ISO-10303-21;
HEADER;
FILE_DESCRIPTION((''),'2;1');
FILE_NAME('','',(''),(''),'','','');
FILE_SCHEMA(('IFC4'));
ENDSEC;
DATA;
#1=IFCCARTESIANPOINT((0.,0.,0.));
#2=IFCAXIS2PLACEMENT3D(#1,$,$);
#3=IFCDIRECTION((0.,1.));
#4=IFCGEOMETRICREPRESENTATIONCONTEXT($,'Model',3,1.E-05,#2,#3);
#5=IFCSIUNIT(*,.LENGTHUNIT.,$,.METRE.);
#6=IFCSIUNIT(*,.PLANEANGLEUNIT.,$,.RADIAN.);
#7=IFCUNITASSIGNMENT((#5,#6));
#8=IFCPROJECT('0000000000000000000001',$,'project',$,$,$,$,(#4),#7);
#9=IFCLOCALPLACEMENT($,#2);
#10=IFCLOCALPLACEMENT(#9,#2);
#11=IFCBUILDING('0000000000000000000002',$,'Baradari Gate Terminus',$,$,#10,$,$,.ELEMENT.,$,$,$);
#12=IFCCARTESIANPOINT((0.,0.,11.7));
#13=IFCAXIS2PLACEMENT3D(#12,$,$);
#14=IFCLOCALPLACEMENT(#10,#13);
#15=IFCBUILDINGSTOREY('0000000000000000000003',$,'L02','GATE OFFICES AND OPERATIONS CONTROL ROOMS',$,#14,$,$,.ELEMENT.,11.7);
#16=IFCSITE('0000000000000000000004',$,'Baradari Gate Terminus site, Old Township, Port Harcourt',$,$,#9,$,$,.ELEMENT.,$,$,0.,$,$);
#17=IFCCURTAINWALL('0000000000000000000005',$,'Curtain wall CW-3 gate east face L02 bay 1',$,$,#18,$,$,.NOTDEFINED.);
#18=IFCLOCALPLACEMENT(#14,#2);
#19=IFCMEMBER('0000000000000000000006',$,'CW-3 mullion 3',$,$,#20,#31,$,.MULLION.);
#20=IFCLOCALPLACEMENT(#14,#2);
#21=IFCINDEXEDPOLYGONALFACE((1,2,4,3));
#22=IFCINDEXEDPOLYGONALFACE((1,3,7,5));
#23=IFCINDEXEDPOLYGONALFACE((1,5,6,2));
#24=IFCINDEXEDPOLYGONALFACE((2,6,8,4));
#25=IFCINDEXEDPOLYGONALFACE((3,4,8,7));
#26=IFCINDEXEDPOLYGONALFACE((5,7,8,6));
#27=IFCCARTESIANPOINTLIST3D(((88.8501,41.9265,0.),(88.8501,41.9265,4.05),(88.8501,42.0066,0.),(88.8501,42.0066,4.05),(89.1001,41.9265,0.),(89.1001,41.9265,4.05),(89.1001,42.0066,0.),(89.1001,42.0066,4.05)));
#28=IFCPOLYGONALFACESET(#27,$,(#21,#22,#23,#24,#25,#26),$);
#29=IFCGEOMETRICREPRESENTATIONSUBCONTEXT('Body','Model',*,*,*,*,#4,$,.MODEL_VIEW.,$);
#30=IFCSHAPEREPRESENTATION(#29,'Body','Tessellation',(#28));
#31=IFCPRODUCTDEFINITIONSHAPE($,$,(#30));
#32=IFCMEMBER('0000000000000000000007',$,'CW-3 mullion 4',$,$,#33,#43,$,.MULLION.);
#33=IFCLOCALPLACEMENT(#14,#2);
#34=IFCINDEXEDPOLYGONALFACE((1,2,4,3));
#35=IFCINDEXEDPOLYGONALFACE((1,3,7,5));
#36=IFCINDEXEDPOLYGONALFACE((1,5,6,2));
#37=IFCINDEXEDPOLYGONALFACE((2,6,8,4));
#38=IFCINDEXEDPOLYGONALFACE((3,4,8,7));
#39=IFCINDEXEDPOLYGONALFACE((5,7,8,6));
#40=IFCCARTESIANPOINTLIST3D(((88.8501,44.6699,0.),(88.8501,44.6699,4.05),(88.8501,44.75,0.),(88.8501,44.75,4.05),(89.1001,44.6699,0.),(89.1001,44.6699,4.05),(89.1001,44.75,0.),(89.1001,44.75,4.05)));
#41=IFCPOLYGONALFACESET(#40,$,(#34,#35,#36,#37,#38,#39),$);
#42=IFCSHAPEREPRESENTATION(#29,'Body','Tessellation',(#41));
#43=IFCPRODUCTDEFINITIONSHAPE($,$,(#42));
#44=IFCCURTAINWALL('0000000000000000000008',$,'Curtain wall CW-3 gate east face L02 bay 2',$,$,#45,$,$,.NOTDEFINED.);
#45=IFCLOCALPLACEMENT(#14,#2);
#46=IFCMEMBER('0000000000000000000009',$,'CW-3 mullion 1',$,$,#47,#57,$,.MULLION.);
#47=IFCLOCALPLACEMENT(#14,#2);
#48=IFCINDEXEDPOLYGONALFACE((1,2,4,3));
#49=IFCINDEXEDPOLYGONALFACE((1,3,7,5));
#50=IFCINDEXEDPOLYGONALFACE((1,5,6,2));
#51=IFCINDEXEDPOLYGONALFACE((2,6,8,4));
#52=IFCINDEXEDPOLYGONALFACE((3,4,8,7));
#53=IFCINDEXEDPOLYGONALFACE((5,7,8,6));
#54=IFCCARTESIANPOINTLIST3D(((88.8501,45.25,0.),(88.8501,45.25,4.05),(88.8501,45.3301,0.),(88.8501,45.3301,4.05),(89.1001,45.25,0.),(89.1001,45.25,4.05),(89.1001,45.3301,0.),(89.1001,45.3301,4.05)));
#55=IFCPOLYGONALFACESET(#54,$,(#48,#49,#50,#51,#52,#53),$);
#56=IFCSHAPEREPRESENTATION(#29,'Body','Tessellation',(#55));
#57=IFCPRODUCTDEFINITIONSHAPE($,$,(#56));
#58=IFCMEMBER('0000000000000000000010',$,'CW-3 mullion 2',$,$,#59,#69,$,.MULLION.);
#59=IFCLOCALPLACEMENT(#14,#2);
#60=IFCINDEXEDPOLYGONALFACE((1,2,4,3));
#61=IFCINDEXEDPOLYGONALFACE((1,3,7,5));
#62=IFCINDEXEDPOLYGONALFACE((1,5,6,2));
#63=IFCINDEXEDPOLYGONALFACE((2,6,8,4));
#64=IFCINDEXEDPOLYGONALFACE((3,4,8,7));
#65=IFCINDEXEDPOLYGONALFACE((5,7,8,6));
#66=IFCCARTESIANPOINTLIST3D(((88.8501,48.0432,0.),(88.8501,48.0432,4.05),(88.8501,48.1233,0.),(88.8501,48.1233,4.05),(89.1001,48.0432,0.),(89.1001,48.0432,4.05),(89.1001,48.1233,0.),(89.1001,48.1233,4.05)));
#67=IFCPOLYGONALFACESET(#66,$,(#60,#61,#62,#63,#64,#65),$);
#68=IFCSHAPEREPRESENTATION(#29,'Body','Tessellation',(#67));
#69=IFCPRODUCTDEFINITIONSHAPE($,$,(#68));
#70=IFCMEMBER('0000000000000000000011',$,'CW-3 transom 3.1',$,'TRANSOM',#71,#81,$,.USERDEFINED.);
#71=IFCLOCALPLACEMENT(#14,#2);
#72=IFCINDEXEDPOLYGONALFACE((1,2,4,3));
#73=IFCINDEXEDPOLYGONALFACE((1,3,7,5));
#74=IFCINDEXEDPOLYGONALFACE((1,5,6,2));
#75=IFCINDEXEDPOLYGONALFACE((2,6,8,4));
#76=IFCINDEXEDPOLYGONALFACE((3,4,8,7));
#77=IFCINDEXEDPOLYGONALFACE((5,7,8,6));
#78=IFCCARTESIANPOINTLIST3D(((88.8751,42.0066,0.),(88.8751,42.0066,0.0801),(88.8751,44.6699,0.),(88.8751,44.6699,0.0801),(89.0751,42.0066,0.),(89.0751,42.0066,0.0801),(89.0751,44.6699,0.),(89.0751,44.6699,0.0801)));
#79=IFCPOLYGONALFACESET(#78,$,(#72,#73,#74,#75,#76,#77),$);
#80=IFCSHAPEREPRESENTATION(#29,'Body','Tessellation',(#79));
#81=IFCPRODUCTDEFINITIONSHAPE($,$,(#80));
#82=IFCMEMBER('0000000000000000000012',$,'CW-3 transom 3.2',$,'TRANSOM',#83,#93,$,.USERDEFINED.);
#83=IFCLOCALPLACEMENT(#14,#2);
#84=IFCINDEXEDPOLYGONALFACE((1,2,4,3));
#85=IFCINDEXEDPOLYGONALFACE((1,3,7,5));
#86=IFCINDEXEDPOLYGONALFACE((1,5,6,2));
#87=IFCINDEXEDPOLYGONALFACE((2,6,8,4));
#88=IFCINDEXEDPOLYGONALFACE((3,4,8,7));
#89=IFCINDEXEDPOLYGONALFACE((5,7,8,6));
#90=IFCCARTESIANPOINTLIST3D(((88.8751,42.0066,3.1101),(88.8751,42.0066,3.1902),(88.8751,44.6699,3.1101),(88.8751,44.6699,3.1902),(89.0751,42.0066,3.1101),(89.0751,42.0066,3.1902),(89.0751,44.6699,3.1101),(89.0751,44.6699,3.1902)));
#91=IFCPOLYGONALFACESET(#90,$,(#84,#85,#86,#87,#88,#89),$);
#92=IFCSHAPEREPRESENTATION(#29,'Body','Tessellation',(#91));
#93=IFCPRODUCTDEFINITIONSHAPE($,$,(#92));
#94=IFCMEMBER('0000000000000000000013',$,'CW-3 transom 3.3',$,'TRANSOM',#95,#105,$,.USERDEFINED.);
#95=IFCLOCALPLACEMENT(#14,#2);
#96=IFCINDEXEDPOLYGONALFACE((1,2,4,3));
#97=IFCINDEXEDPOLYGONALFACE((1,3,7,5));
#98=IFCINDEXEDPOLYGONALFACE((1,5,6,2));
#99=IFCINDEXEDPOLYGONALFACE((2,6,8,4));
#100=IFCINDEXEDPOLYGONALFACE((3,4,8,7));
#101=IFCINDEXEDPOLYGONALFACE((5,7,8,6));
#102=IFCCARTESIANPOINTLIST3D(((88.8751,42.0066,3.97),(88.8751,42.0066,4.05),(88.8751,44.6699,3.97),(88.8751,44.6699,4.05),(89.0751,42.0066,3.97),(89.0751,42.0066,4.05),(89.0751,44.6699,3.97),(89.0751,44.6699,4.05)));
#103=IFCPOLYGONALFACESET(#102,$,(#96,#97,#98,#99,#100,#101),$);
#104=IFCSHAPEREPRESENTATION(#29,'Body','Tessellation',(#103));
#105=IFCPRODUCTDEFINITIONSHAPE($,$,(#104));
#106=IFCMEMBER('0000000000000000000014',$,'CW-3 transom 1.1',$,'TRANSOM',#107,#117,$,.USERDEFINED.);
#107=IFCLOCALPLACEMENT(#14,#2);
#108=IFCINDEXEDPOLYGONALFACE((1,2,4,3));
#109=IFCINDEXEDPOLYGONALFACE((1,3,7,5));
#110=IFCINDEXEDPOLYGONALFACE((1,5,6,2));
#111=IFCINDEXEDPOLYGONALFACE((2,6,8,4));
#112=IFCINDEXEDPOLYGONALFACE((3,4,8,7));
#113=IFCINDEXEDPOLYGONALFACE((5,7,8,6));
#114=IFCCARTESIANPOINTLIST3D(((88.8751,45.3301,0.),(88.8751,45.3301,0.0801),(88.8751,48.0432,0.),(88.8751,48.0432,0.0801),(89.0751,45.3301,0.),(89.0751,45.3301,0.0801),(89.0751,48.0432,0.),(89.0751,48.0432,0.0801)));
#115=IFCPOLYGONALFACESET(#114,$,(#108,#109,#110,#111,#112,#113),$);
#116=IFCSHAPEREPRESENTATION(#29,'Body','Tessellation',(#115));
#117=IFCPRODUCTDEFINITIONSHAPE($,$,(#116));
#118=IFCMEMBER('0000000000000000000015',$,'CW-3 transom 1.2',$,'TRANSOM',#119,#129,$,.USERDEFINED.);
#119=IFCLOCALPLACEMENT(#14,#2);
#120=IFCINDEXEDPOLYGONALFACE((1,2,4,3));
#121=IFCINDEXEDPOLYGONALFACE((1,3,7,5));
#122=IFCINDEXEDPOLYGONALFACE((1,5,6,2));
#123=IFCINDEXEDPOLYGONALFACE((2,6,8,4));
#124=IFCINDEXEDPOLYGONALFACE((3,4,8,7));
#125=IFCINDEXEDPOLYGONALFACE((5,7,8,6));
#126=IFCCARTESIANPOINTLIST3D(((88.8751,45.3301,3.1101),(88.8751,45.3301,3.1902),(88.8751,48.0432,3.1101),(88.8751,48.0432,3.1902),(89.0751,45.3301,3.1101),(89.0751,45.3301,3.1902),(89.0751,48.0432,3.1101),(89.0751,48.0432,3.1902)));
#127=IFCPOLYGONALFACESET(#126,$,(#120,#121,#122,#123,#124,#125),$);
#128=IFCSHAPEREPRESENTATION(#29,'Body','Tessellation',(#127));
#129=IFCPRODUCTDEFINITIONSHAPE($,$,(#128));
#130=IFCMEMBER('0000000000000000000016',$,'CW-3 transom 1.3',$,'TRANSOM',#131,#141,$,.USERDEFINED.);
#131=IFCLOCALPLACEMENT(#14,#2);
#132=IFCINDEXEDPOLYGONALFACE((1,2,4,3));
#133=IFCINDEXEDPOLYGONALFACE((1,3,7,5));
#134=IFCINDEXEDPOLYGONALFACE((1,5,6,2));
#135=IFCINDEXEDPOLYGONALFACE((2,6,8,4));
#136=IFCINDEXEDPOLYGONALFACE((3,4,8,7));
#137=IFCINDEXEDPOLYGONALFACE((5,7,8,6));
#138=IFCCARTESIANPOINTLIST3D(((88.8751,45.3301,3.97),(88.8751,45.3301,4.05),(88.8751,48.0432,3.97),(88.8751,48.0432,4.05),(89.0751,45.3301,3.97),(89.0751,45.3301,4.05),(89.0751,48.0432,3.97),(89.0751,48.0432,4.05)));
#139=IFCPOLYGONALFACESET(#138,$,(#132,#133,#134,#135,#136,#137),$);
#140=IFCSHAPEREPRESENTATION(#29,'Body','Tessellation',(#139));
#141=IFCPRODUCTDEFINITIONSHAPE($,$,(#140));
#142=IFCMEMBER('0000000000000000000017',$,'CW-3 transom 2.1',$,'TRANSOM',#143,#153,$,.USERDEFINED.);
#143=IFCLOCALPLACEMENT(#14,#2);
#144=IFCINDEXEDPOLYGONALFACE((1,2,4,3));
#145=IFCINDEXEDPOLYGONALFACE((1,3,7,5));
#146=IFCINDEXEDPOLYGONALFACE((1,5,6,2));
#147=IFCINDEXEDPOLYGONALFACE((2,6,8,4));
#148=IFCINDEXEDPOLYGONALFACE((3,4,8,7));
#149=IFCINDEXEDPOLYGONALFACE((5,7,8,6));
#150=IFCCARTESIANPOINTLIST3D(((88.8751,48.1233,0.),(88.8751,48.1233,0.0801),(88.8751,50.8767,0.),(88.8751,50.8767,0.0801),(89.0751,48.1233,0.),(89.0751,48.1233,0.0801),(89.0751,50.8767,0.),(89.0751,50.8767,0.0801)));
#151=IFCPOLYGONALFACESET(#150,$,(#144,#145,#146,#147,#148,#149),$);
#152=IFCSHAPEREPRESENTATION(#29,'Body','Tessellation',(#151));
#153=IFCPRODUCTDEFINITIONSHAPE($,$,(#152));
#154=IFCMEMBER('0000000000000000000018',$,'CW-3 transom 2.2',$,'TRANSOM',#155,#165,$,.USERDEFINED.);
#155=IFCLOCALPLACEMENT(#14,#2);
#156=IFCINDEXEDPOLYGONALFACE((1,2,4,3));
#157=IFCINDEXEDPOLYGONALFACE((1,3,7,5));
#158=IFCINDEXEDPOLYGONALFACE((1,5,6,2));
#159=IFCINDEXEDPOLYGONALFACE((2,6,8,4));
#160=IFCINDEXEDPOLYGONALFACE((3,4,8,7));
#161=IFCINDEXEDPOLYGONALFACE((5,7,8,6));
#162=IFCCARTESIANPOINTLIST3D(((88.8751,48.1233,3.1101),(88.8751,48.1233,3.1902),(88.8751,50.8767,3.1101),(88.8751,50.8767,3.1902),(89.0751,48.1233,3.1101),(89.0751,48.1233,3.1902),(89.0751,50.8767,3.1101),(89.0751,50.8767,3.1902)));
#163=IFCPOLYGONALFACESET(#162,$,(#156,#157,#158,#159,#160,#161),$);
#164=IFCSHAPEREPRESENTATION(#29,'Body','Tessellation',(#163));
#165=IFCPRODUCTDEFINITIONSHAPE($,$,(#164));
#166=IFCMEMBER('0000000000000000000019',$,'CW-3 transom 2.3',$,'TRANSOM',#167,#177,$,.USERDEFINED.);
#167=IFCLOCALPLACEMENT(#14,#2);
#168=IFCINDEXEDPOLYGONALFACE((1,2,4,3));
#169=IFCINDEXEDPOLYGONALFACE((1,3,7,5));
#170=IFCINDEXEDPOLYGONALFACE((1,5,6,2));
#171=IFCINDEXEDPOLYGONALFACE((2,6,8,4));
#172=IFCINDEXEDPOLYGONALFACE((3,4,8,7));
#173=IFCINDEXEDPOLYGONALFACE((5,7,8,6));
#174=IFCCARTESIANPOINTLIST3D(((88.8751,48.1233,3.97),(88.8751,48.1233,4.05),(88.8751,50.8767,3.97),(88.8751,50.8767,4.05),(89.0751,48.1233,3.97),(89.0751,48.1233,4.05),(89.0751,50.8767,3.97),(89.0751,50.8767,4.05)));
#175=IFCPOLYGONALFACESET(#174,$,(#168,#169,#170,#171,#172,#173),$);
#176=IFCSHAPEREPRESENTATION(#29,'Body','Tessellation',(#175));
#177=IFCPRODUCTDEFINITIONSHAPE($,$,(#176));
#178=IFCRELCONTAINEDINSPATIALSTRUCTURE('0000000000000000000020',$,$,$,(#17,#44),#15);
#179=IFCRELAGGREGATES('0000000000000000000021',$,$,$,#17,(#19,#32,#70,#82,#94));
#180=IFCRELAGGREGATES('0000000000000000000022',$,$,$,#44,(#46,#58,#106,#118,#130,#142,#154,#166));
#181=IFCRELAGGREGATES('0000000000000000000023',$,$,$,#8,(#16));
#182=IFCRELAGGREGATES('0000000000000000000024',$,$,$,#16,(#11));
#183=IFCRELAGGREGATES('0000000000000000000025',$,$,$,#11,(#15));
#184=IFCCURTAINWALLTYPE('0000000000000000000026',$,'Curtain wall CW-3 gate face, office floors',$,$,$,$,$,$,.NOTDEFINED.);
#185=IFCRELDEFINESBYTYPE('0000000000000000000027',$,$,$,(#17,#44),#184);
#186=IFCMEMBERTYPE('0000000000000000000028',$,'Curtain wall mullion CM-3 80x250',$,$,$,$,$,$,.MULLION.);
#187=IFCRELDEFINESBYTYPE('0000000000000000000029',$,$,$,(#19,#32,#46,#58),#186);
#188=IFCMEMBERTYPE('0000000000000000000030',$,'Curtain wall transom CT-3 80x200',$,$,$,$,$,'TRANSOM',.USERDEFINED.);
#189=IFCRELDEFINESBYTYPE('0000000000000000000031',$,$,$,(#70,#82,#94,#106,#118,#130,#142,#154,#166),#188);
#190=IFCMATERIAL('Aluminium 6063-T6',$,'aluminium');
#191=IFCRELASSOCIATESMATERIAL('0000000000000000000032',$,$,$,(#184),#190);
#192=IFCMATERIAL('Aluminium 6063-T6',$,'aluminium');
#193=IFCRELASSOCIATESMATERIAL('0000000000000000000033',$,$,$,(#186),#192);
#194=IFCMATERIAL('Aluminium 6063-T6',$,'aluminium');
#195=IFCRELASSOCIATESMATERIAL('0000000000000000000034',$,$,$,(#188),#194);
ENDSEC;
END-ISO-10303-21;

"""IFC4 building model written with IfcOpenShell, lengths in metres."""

from ifc_helpers import new_model, si_unit, direction, frame, origin, origin_2d, place, context, subcontext, project, spatial, rectangle, extrude, material, material_profile, profile_set, type_object, element, aggregate, save


model = new_model("IFC4")

# Units and contexts
model_context = context("Model", 3, precision=1e-05, world=origin(), true_north=direction((0.0, 1.0)))
body_context = subcontext(model_context, "Body", "Model", "MODEL_VIEW")
ifc_project = project(units=[si_unit("LENGTHUNIT", "METRE"), si_unit("PLANEANGLEUNIT", "RADIAN")], contexts=[model_context])

# Site, building, storey
site_placement = place(None, origin())
site = spatial("IfcSite", under=ifc_project, at=site_placement, Name="Baradari Gate Terminus site, Old Township, Port Harcourt", CompositionType="ELEMENT", RefElevation=0.0)
building_placement = place(site_placement, origin())
building = spatial("IfcBuilding", under=site, at=building_placement, Name="Baradari Gate Terminus", CompositionType="ELEMENT")
storey_placement = place(building_placement, frame((0.0, 0.0, 11.7)))
storey = spatial("IfcBuildingStorey", under=building, at=storey_placement, Name="L02", Description="GATE OFFICES AND OPERATIONS CONTROL ROOMS", CompositionType="ELEMENT", Elevation=11.7)

# Curtain walls, members
ifc_material_1 = material(Name="Aluminium 6063-T6", Category="aluminium")
curtain_wall_type = type_object("IfcCurtainWallType", Name="Curtain wall CW-3 gate face, office floors", PredefinedType="NOTDEFINED", material=ifc_material_1)
curtain_wall_1_placement = place(storey_placement, origin())
curtain_wall_1 = element("IfcCurtainWall", 1, at=curtain_wall_1_placement, inside=storey, type_object=curtain_wall_type, Name="Curtain wall CW-3 gate east face L02 bay 1", PredefinedType="NOTDEFINED")
ifc_material_2 = material(Name="Aluminium 6063-T6", Category="aluminium")
ifc_material_profile_1 = material_profile(ifc_material_2, rectangle(XDim=0.25, YDim=0.0801, at=origin_2d()), Name="CM-3 80X250")
ifc_profile_set_1 = profile_set([ifc_material_profile_1], Name="Aluminium 6063-T6")
member_type_1 = type_object("IfcMemberType", Name="Curtain wall mullion CM-3 80x250", PredefinedType="MULLION", material=ifc_profile_set_1)
member_1_placement = place(storey_placement, frame((88.9751, 41.9666, 0.0), z_axis=(0.0, 0.0, 1.0), x_axis=(-1.0, 0.0, 0.0)))
member_1 = element("IfcMember", 2, at=member_1_placement, type_object=member_type_1, Name="CW-3 mullion 3", PredefinedType="MULLION", context=body_context, shape_type="SweptSolid", body=[
    extrude(rectangle(XDim=0.25, YDim=0.0801, at=origin_2d()), origin(), (0.0, 0.0, 1.0), 4.05),
])
member_2_placement = place(storey_placement, frame((88.9751, 44.71, 0.0), z_axis=(0.0, 0.0, 1.0), x_axis=(-1.0, 0.0, 0.0)))
member_2 = element("IfcMember", 3, at=member_2_placement, type_object=member_type_1, Name="CW-3 mullion 4", PredefinedType="MULLION", context=body_context, shape_type="SweptSolid", body=[
    extrude(rectangle(XDim=0.25, YDim=0.0801, at=origin_2d()), origin(), (0.0, 0.0, 1.0), 4.05),
])
curtain_wall_2_placement = place(storey_placement, origin())
curtain_wall_2 = element("IfcCurtainWall", 4, at=curtain_wall_2_placement, inside=storey, type_object=curtain_wall_type, Name="Curtain wall CW-3 gate east face L02 bay 2", PredefinedType="NOTDEFINED")
member_3_placement = place(storey_placement, frame((88.9751, 45.29, 0.0), z_axis=(0.0, 0.0, 1.0), x_axis=(-1.0, 0.0, 0.0)))
member_3 = element("IfcMember", 5, at=member_3_placement, type_object=member_type_1, Name="CW-3 mullion 1", PredefinedType="MULLION", context=body_context, shape_type="SweptSolid", body=[
    extrude(rectangle(XDim=0.25, YDim=0.0801, at=origin_2d()), origin(), (0.0, 0.0, 1.0), 4.05),
])
member_4_placement = place(storey_placement, frame((88.9751, 48.0833, 0.0), z_axis=(0.0, 0.0, 1.0), x_axis=(-1.0, 0.0, 0.0)))
member_4 = element("IfcMember", 6, at=member_4_placement, type_object=member_type_1, Name="CW-3 mullion 2", PredefinedType="MULLION", context=body_context, shape_type="SweptSolid", body=[
    extrude(rectangle(XDim=0.25, YDim=0.0801, at=origin_2d()), origin(), (0.0, 0.0, 1.0), 4.05),
])

# Members
ifc_material_3 = material(Name="Aluminium 6063-T6", Category="aluminium")
ifc_material_profile_2 = material_profile(ifc_material_3, rectangle(XDim=0.2, YDim=0.0801, at=origin_2d()), Name="CT-3 80X200")
ifc_profile_set_2 = profile_set([ifc_material_profile_2], Name="Aluminium 6063-T6")
member_type_2 = type_object("IfcMemberType", Name="Curtain wall transom CT-3 80x200", ElementType="TRANSOM", PredefinedType="USERDEFINED", material=ifc_profile_set_2)
member_5_placement = place(storey_placement, frame((88.9751, 42.0066, 0.04), z_axis=(0.0, 1.0, 0.0), x_axis=(-1.0, 0.0, 0.0)))
member_5 = element("IfcMember", 7, at=member_5_placement, type_object=member_type_2, Name="CW-3 transom 3.1", ObjectType="TRANSOM", PredefinedType="USERDEFINED", context=body_context, shape_type="SweptSolid", body=[
    extrude(rectangle(XDim=0.2, YDim=0.0801, at=origin_2d()), origin(), (0.0, 0.0, 1.0), 2.6633),
])
member_6_placement = place(storey_placement, frame((88.9751, 42.0066, 3.1501), z_axis=(0.0, 1.0, 0.0), x_axis=(-1.0, 0.0, 0.0)))
member_6 = element("IfcMember", 8, at=member_6_placement, type_object=member_type_2, Name="CW-3 transom 3.2", ObjectType="TRANSOM", PredefinedType="USERDEFINED", context=body_context, shape_type="SweptSolid", body=[
    extrude(rectangle(XDim=0.2, YDim=0.0801, at=origin_2d()), origin(), (0.0, 0.0, 1.0), 2.6633),
])
member_7_placement = place(storey_placement, frame((88.9751, 42.0066, 4.01), z_axis=(0.0, 1.0, 0.0), x_axis=(-1.0, 0.0, 0.0)))
member_7 = element("IfcMember", 9, at=member_7_placement, type_object=member_type_2, Name="CW-3 transom 3.3", ObjectType="TRANSOM", PredefinedType="USERDEFINED", context=body_context, shape_type="SweptSolid", body=[
    extrude(rectangle(XDim=0.2, YDim=0.0801, at=origin_2d()), origin(), (0.0, 0.0, 1.0), 2.6633),
])
member_8_placement = place(storey_placement, frame((88.9751, 45.3301, 0.04), z_axis=(0.0, 1.0, 0.0), x_axis=(-1.0, 0.0, 0.0)))
member_8 = element("IfcMember", 10, at=member_8_placement, type_object=member_type_2, Name="CW-3 transom 1.1", ObjectType="TRANSOM", PredefinedType="USERDEFINED", context=body_context, shape_type="SweptSolid", body=[
    extrude(rectangle(XDim=0.2, YDim=0.0801, at=origin_2d()), origin(), (0.0, 0.0, 1.0), 2.7131),
])
member_9_placement = place(storey_placement, frame((88.9751, 45.3301, 3.1501), z_axis=(0.0, 1.0, 0.0), x_axis=(-1.0, 0.0, 0.0)))
member_9 = element("IfcMember", 11, at=member_9_placement, type_object=member_type_2, Name="CW-3 transom 1.2", ObjectType="TRANSOM", PredefinedType="USERDEFINED", context=body_context, shape_type="SweptSolid", body=[
    extrude(rectangle(XDim=0.2, YDim=0.0801, at=origin_2d()), origin(), (0.0, 0.0, 1.0), 2.7131),
])
member_10_placement = place(storey_placement, frame((88.9751, 45.3301, 4.01), z_axis=(0.0, 1.0, 0.0), x_axis=(-1.0, 0.0, 0.0)))
member_10 = element("IfcMember", 12, at=member_10_placement, type_object=member_type_2, Name="CW-3 transom 1.3", ObjectType="TRANSOM", PredefinedType="USERDEFINED", context=body_context, shape_type="SweptSolid", body=[
    extrude(rectangle(XDim=0.2, YDim=0.0801, at=origin_2d()), origin(), (0.0, 0.0, 1.0), 2.7131),
])
member_11_placement = place(storey_placement, frame((88.9751, 48.1233, 0.04), z_axis=(0.0, 1.0, 0.0), x_axis=(-1.0, 0.0, 0.0)))
member_11 = element("IfcMember", 13, at=member_11_placement, type_object=member_type_2, Name="CW-3 transom 2.1", ObjectType="TRANSOM", PredefinedType="USERDEFINED", context=body_context, shape_type="SweptSolid", body=[
    extrude(rectangle(XDim=0.2, YDim=0.0801, at=origin_2d()), origin(), (0.0, 0.0, 1.0), 2.7534),
])
member_12_placement = place(storey_placement, frame((88.9751, 48.1233, 3.1501), z_axis=(0.0, 1.0, 0.0), x_axis=(-1.0, 0.0, 0.0)))
member_12 = element("IfcMember", 14, at=member_12_placement, type_object=member_type_2, Name="CW-3 transom 2.2", ObjectType="TRANSOM", PredefinedType="USERDEFINED", context=body_context, shape_type="SweptSolid", body=[
    extrude(rectangle(XDim=0.2, YDim=0.0801, at=origin_2d()), origin(), (0.0, 0.0, 1.0), 2.7534),
])
member_13_placement = place(storey_placement, frame((88.9751, 48.1233, 4.01), z_axis=(0.0, 1.0, 0.0), x_axis=(-1.0, 0.0, 0.0)))
member_13 = element("IfcMember", 15, at=member_13_placement, type_object=member_type_2, Name="CW-3 transom 2.3", ObjectType="TRANSOM", PredefinedType="USERDEFINED", context=body_context, shape_type="SweptSolid", body=[
    extrude(rectangle(XDim=0.2, YDim=0.0801, at=origin_2d()), origin(), (0.0, 0.0, 1.0), 2.7534),
])

aggregate(curtain_wall_1, [member_1, member_2, member_5, member_6, member_7])
aggregate(curtain_wall_2, [member_3, member_4, member_8, member_9, member_10, member_11, member_12, member_13])

save(model, "model.ifc")
